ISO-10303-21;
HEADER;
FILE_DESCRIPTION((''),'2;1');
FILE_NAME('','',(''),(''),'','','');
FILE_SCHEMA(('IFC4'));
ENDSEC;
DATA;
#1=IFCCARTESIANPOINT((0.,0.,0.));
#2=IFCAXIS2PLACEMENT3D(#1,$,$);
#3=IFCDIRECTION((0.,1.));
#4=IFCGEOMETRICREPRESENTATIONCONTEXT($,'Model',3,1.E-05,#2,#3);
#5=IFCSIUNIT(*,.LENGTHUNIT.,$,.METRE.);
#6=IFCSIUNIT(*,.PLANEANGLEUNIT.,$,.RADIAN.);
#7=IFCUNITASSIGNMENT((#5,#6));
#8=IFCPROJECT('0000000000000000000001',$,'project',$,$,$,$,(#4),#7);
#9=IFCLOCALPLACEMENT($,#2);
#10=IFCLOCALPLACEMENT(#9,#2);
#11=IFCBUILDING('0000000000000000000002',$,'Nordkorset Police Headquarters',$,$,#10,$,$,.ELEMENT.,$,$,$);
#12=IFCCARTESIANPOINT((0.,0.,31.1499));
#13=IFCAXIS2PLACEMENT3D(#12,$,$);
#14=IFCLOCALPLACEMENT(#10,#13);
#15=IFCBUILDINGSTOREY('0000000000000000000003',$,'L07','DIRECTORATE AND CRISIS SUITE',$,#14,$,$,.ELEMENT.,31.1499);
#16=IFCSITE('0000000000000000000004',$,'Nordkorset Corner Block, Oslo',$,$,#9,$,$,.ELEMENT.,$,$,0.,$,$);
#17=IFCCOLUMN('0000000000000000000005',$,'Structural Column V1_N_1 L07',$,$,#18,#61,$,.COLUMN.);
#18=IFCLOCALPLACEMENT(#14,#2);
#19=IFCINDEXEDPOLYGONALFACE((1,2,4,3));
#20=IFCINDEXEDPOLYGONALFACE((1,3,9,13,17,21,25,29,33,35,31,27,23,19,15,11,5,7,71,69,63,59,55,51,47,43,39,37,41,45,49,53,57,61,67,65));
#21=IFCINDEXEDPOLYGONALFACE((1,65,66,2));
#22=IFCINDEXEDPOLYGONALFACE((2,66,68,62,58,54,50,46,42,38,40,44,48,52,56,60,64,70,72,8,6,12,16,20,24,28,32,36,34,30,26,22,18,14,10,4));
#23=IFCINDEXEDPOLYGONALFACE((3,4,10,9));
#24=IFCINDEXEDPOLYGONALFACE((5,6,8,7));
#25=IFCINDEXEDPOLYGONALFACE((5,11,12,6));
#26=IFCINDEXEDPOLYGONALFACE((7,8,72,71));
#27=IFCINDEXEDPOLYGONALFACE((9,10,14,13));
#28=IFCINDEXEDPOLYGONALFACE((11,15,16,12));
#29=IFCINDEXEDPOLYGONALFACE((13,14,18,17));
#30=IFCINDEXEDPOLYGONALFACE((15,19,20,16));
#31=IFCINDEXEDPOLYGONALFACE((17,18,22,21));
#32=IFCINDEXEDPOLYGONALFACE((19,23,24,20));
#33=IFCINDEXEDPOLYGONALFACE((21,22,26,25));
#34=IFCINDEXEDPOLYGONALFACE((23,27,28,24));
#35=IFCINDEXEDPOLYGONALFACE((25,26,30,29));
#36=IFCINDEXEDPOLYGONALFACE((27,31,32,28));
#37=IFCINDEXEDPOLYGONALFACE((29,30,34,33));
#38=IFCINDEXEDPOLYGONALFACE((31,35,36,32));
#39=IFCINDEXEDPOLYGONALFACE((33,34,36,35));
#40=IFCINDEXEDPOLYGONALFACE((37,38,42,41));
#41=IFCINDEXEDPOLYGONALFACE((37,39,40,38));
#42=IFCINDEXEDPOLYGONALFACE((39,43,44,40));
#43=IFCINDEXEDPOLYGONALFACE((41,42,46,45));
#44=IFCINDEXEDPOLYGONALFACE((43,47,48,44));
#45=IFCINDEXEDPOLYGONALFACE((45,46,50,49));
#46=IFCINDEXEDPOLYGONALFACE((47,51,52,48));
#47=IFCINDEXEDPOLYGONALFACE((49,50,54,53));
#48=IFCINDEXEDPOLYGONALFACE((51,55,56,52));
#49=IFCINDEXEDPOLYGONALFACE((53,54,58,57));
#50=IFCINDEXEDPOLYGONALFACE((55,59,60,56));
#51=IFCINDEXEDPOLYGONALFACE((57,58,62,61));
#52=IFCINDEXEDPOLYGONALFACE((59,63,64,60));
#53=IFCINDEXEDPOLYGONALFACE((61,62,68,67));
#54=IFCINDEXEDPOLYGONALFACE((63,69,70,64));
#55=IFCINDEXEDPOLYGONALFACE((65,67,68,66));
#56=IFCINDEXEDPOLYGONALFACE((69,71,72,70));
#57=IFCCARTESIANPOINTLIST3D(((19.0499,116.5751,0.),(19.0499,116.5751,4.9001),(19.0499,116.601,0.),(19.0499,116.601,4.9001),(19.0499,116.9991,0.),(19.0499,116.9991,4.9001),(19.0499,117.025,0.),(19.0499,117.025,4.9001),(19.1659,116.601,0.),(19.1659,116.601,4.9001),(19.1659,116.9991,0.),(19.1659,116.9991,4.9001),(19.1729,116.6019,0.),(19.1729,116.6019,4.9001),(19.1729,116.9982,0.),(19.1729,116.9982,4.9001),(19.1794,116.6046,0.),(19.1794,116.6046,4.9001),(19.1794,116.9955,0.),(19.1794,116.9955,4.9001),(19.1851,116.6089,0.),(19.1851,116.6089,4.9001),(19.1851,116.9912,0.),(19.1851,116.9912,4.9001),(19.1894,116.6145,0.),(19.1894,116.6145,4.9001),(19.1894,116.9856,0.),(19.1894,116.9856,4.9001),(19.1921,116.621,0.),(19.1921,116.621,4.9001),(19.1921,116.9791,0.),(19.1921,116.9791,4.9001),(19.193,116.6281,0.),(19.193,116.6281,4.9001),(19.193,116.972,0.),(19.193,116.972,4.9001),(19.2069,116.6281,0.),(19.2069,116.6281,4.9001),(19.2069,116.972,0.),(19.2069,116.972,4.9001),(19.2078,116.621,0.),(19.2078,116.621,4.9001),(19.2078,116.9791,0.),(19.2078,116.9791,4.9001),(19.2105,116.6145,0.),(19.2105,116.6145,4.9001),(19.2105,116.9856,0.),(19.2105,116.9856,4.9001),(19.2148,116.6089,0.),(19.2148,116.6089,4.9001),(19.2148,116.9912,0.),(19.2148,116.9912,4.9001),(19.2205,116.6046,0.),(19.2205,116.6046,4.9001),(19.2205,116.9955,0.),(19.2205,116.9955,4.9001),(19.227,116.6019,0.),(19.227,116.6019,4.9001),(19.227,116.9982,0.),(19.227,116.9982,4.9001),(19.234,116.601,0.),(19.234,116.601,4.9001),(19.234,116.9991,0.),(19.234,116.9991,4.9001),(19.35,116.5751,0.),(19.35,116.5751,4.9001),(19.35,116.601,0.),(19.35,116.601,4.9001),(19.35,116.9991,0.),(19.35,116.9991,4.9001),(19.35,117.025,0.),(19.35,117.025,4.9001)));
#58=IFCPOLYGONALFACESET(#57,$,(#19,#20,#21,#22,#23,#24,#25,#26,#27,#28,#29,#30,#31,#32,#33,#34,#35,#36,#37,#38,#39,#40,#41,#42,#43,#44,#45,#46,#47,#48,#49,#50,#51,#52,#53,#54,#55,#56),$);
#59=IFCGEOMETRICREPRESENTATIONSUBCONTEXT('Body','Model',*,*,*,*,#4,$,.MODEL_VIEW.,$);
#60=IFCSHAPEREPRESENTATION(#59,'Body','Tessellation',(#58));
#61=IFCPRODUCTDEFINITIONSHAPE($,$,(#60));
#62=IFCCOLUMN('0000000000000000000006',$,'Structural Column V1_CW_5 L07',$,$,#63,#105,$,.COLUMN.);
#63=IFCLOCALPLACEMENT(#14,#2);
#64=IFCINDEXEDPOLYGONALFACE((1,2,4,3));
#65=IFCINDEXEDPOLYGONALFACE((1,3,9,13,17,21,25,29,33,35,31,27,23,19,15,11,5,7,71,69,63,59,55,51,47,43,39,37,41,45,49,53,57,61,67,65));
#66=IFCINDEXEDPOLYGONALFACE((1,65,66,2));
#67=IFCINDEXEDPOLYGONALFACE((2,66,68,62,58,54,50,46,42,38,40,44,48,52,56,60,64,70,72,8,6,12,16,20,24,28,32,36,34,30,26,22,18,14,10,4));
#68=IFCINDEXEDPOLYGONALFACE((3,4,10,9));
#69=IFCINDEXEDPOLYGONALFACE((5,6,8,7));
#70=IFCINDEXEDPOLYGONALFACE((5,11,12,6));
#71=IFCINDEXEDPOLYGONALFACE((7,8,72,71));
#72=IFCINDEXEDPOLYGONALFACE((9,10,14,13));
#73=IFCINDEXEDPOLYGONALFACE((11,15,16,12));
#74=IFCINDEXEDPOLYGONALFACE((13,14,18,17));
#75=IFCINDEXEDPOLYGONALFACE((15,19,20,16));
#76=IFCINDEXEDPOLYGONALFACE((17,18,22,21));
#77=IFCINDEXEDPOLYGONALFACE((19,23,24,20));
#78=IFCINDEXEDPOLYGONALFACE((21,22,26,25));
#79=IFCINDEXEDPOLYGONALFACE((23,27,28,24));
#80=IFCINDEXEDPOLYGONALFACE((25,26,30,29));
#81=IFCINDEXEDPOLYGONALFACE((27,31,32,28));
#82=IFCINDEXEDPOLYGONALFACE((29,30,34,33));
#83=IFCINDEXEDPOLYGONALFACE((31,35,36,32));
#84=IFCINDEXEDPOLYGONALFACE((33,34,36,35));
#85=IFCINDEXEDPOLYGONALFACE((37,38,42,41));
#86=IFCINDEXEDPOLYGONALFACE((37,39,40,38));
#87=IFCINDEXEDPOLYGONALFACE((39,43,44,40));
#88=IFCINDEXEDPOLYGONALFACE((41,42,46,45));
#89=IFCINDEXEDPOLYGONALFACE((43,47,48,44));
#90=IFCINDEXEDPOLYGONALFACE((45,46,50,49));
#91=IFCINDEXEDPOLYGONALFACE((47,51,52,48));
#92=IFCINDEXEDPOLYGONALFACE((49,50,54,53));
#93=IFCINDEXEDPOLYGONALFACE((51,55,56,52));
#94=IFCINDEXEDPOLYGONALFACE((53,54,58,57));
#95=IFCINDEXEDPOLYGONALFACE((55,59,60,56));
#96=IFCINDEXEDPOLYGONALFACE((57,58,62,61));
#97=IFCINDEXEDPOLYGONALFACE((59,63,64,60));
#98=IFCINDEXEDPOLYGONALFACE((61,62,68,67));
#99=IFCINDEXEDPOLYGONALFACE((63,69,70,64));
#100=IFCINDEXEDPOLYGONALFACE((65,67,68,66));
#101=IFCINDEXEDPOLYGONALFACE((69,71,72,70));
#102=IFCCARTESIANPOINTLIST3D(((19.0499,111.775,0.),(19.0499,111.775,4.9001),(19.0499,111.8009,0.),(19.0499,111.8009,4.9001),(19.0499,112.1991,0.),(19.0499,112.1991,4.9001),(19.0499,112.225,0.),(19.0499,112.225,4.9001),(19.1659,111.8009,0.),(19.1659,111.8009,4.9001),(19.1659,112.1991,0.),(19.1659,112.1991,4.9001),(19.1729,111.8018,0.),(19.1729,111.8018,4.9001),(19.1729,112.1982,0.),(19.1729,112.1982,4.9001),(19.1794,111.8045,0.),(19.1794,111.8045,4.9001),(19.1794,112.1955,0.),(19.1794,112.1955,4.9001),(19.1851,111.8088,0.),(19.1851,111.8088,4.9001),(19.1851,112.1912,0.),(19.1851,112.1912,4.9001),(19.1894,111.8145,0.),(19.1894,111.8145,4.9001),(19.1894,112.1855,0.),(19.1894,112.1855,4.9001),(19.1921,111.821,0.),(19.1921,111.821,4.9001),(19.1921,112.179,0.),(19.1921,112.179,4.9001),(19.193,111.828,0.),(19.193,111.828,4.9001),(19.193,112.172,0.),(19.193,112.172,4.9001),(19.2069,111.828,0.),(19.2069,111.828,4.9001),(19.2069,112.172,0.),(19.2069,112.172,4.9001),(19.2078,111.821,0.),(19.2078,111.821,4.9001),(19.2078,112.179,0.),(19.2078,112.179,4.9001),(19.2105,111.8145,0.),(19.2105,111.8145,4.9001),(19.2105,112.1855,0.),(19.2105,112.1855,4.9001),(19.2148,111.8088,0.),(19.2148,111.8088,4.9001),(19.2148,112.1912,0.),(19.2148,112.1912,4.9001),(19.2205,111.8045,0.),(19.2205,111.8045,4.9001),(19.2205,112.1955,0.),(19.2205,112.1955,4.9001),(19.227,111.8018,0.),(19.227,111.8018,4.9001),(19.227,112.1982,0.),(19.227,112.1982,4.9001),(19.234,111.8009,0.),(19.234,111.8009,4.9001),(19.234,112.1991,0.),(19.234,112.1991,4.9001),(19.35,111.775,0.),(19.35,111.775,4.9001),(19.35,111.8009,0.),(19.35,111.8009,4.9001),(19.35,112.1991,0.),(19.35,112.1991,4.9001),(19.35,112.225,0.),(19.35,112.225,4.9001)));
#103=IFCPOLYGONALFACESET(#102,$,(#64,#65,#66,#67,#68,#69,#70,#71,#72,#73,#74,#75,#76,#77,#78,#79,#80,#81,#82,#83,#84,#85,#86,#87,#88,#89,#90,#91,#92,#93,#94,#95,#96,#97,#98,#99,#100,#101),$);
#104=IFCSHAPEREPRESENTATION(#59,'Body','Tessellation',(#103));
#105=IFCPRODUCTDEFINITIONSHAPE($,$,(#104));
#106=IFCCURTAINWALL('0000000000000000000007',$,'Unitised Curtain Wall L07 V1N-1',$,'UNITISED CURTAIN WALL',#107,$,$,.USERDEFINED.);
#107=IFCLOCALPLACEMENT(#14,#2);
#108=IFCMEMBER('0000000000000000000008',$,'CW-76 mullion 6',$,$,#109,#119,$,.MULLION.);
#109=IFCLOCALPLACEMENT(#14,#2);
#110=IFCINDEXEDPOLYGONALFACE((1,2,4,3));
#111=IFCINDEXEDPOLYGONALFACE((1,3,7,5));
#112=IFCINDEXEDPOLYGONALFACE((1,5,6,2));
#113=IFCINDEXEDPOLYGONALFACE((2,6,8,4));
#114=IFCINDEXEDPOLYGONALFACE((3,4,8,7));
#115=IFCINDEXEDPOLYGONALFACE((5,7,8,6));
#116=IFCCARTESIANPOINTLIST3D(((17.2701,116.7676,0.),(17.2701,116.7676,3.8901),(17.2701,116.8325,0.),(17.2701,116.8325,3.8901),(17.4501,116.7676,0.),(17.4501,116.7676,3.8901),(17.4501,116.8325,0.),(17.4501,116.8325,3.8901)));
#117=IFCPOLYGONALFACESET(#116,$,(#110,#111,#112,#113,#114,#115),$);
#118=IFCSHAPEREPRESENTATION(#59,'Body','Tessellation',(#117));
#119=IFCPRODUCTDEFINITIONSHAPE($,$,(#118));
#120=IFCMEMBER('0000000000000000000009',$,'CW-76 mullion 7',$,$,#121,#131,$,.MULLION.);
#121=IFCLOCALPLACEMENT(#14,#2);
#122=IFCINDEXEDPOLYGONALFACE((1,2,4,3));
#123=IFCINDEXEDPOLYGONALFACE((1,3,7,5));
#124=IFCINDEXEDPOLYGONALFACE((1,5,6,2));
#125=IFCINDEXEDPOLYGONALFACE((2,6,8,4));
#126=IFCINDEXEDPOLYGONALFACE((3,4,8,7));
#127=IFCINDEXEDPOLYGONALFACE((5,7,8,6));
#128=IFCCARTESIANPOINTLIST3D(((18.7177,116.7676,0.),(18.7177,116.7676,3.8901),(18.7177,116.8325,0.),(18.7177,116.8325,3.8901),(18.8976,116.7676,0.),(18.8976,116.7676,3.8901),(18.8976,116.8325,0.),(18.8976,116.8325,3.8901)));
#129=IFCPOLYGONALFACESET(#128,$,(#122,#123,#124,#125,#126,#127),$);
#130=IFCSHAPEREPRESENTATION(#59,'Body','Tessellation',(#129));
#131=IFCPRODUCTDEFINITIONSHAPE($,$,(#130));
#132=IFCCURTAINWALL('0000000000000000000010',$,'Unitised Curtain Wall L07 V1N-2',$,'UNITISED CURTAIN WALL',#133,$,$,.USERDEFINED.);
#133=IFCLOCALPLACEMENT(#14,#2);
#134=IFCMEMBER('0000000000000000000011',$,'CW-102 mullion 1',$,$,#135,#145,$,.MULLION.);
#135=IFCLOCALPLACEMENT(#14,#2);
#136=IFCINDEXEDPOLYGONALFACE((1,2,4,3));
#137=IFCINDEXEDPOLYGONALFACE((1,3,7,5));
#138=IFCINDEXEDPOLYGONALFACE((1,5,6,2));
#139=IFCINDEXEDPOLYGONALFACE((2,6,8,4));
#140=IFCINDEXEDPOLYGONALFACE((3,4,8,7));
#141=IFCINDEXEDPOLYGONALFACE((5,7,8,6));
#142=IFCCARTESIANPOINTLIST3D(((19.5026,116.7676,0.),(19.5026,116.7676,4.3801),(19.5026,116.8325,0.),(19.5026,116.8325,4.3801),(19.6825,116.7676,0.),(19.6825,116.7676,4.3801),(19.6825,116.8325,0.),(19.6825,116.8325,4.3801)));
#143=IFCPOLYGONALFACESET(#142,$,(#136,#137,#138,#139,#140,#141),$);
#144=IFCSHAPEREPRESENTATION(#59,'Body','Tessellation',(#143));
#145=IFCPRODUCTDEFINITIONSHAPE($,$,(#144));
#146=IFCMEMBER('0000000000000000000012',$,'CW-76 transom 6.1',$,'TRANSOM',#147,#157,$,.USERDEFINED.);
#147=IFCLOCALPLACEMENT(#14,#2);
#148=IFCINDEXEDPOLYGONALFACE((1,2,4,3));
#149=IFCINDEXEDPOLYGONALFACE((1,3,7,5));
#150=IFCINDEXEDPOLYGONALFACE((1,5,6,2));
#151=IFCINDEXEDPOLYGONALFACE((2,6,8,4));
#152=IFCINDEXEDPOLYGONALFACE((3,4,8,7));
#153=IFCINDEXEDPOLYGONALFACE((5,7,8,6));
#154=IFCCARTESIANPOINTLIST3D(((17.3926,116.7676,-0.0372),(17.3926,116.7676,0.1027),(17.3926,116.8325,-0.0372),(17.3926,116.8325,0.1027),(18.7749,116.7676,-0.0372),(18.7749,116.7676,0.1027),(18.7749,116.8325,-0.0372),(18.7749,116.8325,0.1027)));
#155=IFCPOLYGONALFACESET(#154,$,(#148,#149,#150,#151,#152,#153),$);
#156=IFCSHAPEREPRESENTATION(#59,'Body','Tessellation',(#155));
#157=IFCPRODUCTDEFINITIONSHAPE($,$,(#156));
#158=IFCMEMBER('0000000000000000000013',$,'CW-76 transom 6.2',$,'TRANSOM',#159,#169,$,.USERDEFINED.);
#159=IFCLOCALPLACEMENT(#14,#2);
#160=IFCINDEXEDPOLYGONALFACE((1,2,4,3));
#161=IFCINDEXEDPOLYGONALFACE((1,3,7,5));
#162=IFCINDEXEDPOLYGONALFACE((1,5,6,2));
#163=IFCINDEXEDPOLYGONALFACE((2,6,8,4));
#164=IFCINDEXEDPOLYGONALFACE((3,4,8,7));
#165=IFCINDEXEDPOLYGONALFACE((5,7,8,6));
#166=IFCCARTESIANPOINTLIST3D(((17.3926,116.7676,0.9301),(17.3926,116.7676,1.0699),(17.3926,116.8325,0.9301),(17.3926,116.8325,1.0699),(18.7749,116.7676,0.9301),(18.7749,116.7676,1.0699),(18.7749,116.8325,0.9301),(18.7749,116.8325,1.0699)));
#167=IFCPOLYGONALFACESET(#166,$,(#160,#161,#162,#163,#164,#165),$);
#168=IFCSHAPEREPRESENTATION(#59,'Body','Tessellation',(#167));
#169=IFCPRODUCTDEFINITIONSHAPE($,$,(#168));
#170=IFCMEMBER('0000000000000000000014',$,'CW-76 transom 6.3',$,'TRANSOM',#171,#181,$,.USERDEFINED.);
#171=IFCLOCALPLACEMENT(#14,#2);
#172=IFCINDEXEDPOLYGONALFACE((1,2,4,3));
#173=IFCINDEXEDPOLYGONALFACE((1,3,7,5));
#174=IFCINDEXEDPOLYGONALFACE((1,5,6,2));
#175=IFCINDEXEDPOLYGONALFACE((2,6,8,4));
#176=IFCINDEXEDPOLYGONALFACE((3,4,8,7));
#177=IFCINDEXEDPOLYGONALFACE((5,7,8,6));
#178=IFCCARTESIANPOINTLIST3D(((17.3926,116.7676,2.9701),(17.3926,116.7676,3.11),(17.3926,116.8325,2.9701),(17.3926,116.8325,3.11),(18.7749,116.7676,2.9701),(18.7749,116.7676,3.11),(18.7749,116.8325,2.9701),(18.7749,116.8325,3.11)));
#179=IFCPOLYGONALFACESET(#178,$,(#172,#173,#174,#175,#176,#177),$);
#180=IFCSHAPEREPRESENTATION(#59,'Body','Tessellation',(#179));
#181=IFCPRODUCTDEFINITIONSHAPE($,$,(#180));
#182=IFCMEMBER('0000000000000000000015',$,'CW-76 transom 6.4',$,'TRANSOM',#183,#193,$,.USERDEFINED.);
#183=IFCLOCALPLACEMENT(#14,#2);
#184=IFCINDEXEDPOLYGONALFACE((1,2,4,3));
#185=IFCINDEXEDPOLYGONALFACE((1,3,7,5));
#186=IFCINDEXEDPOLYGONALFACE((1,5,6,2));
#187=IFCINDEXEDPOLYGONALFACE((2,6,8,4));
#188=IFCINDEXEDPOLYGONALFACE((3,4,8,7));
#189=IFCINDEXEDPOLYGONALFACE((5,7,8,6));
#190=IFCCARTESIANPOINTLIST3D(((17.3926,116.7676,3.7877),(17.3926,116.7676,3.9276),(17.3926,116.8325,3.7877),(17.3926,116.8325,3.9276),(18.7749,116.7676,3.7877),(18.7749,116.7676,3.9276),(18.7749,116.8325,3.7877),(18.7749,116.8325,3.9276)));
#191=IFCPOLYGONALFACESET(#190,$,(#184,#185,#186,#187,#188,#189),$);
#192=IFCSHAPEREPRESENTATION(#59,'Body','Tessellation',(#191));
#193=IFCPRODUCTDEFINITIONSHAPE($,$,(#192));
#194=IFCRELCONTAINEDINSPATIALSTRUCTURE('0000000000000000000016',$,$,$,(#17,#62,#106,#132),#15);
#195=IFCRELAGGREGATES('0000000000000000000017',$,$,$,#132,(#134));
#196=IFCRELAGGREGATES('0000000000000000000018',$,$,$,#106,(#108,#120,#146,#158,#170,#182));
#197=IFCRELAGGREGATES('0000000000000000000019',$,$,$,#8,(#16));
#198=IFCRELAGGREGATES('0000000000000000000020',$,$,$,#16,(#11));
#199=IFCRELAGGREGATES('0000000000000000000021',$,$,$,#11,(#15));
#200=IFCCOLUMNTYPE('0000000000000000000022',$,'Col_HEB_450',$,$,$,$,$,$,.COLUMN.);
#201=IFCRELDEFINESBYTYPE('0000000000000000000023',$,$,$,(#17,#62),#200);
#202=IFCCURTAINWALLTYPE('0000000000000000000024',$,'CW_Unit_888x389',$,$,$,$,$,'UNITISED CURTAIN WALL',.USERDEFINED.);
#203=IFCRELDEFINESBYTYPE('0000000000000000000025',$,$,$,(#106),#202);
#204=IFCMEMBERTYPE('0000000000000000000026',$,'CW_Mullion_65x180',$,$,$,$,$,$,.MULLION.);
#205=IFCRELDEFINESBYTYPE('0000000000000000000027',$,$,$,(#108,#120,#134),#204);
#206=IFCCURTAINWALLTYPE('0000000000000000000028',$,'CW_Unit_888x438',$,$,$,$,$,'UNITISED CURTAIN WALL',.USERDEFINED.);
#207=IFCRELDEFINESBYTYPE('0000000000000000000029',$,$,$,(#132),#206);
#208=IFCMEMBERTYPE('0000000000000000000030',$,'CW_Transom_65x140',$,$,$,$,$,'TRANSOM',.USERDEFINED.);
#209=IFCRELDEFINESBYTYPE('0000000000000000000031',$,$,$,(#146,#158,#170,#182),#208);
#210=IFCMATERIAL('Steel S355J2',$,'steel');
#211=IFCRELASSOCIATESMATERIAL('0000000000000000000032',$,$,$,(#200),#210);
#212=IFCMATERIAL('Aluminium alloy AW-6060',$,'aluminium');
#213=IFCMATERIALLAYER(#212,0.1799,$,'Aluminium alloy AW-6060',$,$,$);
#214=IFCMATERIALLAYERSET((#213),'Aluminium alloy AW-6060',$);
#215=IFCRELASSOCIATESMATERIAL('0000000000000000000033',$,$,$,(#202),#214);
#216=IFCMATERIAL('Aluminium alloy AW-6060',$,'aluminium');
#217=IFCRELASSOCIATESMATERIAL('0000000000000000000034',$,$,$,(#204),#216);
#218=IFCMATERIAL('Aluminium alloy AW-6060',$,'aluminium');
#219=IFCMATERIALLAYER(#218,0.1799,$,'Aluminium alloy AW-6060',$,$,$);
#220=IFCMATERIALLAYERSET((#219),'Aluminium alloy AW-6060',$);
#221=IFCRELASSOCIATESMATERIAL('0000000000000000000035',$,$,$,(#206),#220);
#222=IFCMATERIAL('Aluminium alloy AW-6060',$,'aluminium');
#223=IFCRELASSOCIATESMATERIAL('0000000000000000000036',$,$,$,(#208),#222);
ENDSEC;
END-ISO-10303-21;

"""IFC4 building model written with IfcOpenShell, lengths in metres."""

from ifc_helpers import new_model, si_unit, direction, frame, origin, origin_2d, place, context, subcontext, project, spatial, rectangle, i_section, extrude, material, layer, layer_set, material_profile, profile_set, type_object, element, aggregate, save


model = new_model("IFC4")

# Units and contexts
model_context = context("Model", 3, precision=1e-05, world=origin(), true_north=direction((0.0, 1.0)))
body_context = subcontext(model_context, "Body", "Model", "MODEL_VIEW")
ifc_project = project(units=[si_unit("LENGTHUNIT", "METRE"), si_unit("PLANEANGLEUNIT", "RADIAN")], contexts=[model_context])

# Site, building, storey
site_placement = place(None, origin())
site = spatial("IfcSite", under=ifc_project, at=site_placement, Name="Nordkorset Corner Block, Oslo", CompositionType="ELEMENT", RefElevation=0.0)
building_placement = place(site_placement, origin())
building = spatial("IfcBuilding", under=site, at=building_placement, Name="Nordkorset Police Headquarters", CompositionType="ELEMENT")
storey_placement = place(building_placement, frame((0.0, 0.0, 31.1499)))
storey = spatial("IfcBuildingStorey", under=building, at=storey_placement, Name="L07", Description="DIRECTORATE AND CRISIS SUITE", CompositionType="ELEMENT", Elevation=31.1499)

# Columns
ifc_material_1 = material(Name="Steel S355J2", Category="steel")
ifc_material_profile_1 = material_profile(ifc_material_1, i_section(OverallWidth=0.3, OverallDepth=0.45, WebThickness=0.0139, FlangeThickness=0.0259, FilletRadius=0.0271, at=origin_2d()), Name="HEB 450")
ifc_profile_set_1 = profile_set([ifc_material_profile_1], Name="Steel S355J2")
column_type = type_object("IfcColumnType", Name="Col_HEB_450", PredefinedType="COLUMN", material=ifc_profile_set_1)
for number, where, z_axis, x_axis, name in (
    (1, (19.2, 116.8, 0.0), (0.0, 0.0, 1.0), (1.0, 0.0, 0.0), "Structural Column V1_N_1 L07"),
    (2, (19.2, 112.0, 0.0), (0.0, 0.0, 1.0), (1.0, 0.0, 0.0), "Structural Column V1_CW_5 L07"),
):
    element("IfcColumn", number, at=place(storey_placement, frame(where, z_axis=z_axis, x_axis=x_axis)), inside=storey, type_object=column_type, Name=name, PredefinedType="COLUMN", context=body_context, shape_type="SweptSolid", body=[
        extrude(i_section(OverallWidth=0.3, OverallDepth=0.45, WebThickness=0.0139, FlangeThickness=0.0259, FilletRadius=0.0271, at=origin_2d()), origin(), (0.0, 0.0, 1.0), 4.9001),
    ])

# Curtain wall, members
ifc_material_2 = material(Name="Aluminium alloy AW-6060", Category="aluminium")
ifc_layer_1 = layer(ifc_material_2, 0.1799, Name="Aluminium alloy AW-6060")
ifc_layer_set_1 = layer_set([ifc_layer_1], Name="Aluminium alloy AW-6060")
curtain_wall_type_1 = type_object("IfcCurtainWallType", Name="CW_Unit_888x389", ElementType="UNITISED CURTAIN WALL", PredefinedType="USERDEFINED", material=ifc_layer_set_1)
curtain_wall_1_placement = place(storey_placement, origin())
curtain_wall_1 = element("IfcCurtainWall", 3, at=curtain_wall_1_placement, inside=storey, type_object=curtain_wall_type_1, Name="Unitised Curtain Wall L07 V1N-1", ObjectType="UNITISED CURTAIN WALL", PredefinedType="USERDEFINED")
ifc_material_3 = material(Name="Aluminium alloy AW-6060", Category="aluminium")
ifc_material_profile_2 = material_profile(ifc_material_3, rectangle(XDim=0.0649, YDim=0.1799, at=origin_2d()), Name="ALU MULL 65x180")
ifc_profile_set_2 = profile_set([ifc_material_profile_2], Name="Aluminium alloy AW-6060")
member_type_1 = type_object("IfcMemberType", Name="CW_Mullion_65x180", PredefinedType="MULLION", material=ifc_profile_set_2)
member_1_placement = place(storey_placement, frame((17.3601, 116.8, 0.0), z_axis=(0.0, 0.0, 1.0), x_axis=(0.0, 1.0, 0.0)))
member_1 = element("IfcMember", 4, at=member_1_placement, type_object=member_type_1, Name="CW-76 mullion 6", PredefinedType="MULLION", context=body_context, shape_type="SweptSolid", body=[
    extrude(rectangle(XDim=0.0649, YDim=0.1799, at=origin_2d()), origin(), (0.0, 0.0, 1.0), 3.8901),
])
member_2_placement = place(storey_placement, frame((18.8076, 116.8, 0.0), z_axis=(0.0, 0.0, 1.0), x_axis=(0.0, 1.0, 0.0)))
member_2 = element("IfcMember", 5, at=member_2_placement, type_object=member_type_1, Name="CW-76 mullion 7", PredefinedType="MULLION", context=body_context, shape_type="SweptSolid", body=[
    extrude(rectangle(XDim=0.0649, YDim=0.1799, at=origin_2d()), origin(), (0.0, 0.0, 1.0), 3.8901),
])

# Curtain wall, member
ifc_material_4 = material(Name="Aluminium alloy AW-6060", Category="aluminium")
ifc_layer_2 = layer(ifc_material_4, 0.1799, Name="Aluminium alloy AW-6060")
ifc_layer_set_2 = layer_set([ifc_layer_2], Name="Aluminium alloy AW-6060")
curtain_wall_type_2 = type_object("IfcCurtainWallType", Name="CW_Unit_888x438", ElementType="UNITISED CURTAIN WALL", PredefinedType="USERDEFINED", material=ifc_layer_set_2)
curtain_wall_2_placement = place(storey_placement, origin())
curtain_wall_2 = element("IfcCurtainWall", 6, at=curtain_wall_2_placement, inside=storey, type_object=curtain_wall_type_2, Name="Unitised Curtain Wall L07 V1N-2", ObjectType="UNITISED CURTAIN WALL", PredefinedType="USERDEFINED")
member_3_placement = place(storey_placement, frame((19.5925, 116.8, 0.0), z_axis=(0.0, 0.0, 1.0), x_axis=(0.0, 1.0, 0.0)))
member_3 = element("IfcMember", 7, at=member_3_placement, type_object=member_type_1, Name="CW-102 mullion 1", PredefinedType="MULLION", context=body_context, shape_type="SweptSolid", body=[
    extrude(rectangle(XDim=0.0649, YDim=0.1799, at=origin_2d()), origin(), (0.0, 0.0, 1.0), 4.3801),
])

# Members
ifc_material_5 = material(Name="Aluminium alloy AW-6060", Category="aluminium")
ifc_material_profile_3 = material_profile(ifc_material_5, rectangle(XDim=0.0649, YDim=0.1399, at=origin_2d()), Name="ALU TRAN 65x140")
ifc_profile_set_3 = profile_set([ifc_material_profile_3], Name="Aluminium alloy AW-6060")
member_type_2 = type_object("IfcMemberType", Name="CW_Transom_65x140", ElementType="TRANSOM", PredefinedType="USERDEFINED", material=ifc_profile_set_3)
member_4_placement = place(storey_placement, frame((17.3926, 116.8, 0.0327), z_axis=(1.0, 0.0, 0.0), x_axis=(0.0, 1.0, 0.0)))
member_4 = element("IfcMember", 8, at=member_4_placement, type_object=member_type_2, Name="CW-76 transom 6.1", ObjectType="TRANSOM", PredefinedType="USERDEFINED", context=body_context, shape_type="SweptSolid", body=[
    extrude(rectangle(XDim=0.0649, YDim=0.1399, at=origin_2d()), origin(), (0.0, 0.0, 1.0), 1.3823),
])
member_5_placement = place(storey_placement, frame((17.3926, 116.8, 1.0), z_axis=(1.0, 0.0, 0.0), x_axis=(0.0, 1.0, 0.0)))
member_5 = element("IfcMember", 9, at=member_5_placement, type_object=member_type_2, Name="CW-76 transom 6.2", ObjectType="TRANSOM", PredefinedType="USERDEFINED", context=body_context, shape_type="SweptSolid", body=[
    extrude(rectangle(XDim=0.0649, YDim=0.1399, at=origin_2d()), origin(), (0.0, 0.0, 1.0), 1.3823),
])
member_6_placement = place(storey_placement, frame((17.3926, 116.8, 3.04), z_axis=(1.0, 0.0, 0.0), x_axis=(0.0, 1.0, 0.0)))
member_6 = element("IfcMember", 10, at=member_6_placement, type_object=member_type_2, Name="CW-76 transom 6.3", ObjectType="TRANSOM", PredefinedType="USERDEFINED", context=body_context, shape_type="SweptSolid", body=[
    extrude(rectangle(XDim=0.0649, YDim=0.1399, at=origin_2d()), origin(), (0.0, 0.0, 1.0), 1.3823),
])
member_7_placement = place(storey_placement, frame((17.3926, 116.8, 3.8577), z_axis=(1.0, 0.0, 0.0), x_axis=(0.0, 1.0, 0.0)))
member_7 = element("IfcMember", 11, at=member_7_placement, type_object=member_type_2, Name="CW-76 transom 6.4", ObjectType="TRANSOM", PredefinedType="USERDEFINED", context=body_context, shape_type="SweptSolid", body=[
    extrude(rectangle(XDim=0.0649, YDim=0.1399, at=origin_2d()), origin(), (0.0, 0.0, 1.0), 1.3823),
])
aggregate(curtain_wall_2, [member_3])

aggregate(curtain_wall_1, [member_1, member_2, member_4, member_5, member_6, member_7])

save(model, "model.ifc")
